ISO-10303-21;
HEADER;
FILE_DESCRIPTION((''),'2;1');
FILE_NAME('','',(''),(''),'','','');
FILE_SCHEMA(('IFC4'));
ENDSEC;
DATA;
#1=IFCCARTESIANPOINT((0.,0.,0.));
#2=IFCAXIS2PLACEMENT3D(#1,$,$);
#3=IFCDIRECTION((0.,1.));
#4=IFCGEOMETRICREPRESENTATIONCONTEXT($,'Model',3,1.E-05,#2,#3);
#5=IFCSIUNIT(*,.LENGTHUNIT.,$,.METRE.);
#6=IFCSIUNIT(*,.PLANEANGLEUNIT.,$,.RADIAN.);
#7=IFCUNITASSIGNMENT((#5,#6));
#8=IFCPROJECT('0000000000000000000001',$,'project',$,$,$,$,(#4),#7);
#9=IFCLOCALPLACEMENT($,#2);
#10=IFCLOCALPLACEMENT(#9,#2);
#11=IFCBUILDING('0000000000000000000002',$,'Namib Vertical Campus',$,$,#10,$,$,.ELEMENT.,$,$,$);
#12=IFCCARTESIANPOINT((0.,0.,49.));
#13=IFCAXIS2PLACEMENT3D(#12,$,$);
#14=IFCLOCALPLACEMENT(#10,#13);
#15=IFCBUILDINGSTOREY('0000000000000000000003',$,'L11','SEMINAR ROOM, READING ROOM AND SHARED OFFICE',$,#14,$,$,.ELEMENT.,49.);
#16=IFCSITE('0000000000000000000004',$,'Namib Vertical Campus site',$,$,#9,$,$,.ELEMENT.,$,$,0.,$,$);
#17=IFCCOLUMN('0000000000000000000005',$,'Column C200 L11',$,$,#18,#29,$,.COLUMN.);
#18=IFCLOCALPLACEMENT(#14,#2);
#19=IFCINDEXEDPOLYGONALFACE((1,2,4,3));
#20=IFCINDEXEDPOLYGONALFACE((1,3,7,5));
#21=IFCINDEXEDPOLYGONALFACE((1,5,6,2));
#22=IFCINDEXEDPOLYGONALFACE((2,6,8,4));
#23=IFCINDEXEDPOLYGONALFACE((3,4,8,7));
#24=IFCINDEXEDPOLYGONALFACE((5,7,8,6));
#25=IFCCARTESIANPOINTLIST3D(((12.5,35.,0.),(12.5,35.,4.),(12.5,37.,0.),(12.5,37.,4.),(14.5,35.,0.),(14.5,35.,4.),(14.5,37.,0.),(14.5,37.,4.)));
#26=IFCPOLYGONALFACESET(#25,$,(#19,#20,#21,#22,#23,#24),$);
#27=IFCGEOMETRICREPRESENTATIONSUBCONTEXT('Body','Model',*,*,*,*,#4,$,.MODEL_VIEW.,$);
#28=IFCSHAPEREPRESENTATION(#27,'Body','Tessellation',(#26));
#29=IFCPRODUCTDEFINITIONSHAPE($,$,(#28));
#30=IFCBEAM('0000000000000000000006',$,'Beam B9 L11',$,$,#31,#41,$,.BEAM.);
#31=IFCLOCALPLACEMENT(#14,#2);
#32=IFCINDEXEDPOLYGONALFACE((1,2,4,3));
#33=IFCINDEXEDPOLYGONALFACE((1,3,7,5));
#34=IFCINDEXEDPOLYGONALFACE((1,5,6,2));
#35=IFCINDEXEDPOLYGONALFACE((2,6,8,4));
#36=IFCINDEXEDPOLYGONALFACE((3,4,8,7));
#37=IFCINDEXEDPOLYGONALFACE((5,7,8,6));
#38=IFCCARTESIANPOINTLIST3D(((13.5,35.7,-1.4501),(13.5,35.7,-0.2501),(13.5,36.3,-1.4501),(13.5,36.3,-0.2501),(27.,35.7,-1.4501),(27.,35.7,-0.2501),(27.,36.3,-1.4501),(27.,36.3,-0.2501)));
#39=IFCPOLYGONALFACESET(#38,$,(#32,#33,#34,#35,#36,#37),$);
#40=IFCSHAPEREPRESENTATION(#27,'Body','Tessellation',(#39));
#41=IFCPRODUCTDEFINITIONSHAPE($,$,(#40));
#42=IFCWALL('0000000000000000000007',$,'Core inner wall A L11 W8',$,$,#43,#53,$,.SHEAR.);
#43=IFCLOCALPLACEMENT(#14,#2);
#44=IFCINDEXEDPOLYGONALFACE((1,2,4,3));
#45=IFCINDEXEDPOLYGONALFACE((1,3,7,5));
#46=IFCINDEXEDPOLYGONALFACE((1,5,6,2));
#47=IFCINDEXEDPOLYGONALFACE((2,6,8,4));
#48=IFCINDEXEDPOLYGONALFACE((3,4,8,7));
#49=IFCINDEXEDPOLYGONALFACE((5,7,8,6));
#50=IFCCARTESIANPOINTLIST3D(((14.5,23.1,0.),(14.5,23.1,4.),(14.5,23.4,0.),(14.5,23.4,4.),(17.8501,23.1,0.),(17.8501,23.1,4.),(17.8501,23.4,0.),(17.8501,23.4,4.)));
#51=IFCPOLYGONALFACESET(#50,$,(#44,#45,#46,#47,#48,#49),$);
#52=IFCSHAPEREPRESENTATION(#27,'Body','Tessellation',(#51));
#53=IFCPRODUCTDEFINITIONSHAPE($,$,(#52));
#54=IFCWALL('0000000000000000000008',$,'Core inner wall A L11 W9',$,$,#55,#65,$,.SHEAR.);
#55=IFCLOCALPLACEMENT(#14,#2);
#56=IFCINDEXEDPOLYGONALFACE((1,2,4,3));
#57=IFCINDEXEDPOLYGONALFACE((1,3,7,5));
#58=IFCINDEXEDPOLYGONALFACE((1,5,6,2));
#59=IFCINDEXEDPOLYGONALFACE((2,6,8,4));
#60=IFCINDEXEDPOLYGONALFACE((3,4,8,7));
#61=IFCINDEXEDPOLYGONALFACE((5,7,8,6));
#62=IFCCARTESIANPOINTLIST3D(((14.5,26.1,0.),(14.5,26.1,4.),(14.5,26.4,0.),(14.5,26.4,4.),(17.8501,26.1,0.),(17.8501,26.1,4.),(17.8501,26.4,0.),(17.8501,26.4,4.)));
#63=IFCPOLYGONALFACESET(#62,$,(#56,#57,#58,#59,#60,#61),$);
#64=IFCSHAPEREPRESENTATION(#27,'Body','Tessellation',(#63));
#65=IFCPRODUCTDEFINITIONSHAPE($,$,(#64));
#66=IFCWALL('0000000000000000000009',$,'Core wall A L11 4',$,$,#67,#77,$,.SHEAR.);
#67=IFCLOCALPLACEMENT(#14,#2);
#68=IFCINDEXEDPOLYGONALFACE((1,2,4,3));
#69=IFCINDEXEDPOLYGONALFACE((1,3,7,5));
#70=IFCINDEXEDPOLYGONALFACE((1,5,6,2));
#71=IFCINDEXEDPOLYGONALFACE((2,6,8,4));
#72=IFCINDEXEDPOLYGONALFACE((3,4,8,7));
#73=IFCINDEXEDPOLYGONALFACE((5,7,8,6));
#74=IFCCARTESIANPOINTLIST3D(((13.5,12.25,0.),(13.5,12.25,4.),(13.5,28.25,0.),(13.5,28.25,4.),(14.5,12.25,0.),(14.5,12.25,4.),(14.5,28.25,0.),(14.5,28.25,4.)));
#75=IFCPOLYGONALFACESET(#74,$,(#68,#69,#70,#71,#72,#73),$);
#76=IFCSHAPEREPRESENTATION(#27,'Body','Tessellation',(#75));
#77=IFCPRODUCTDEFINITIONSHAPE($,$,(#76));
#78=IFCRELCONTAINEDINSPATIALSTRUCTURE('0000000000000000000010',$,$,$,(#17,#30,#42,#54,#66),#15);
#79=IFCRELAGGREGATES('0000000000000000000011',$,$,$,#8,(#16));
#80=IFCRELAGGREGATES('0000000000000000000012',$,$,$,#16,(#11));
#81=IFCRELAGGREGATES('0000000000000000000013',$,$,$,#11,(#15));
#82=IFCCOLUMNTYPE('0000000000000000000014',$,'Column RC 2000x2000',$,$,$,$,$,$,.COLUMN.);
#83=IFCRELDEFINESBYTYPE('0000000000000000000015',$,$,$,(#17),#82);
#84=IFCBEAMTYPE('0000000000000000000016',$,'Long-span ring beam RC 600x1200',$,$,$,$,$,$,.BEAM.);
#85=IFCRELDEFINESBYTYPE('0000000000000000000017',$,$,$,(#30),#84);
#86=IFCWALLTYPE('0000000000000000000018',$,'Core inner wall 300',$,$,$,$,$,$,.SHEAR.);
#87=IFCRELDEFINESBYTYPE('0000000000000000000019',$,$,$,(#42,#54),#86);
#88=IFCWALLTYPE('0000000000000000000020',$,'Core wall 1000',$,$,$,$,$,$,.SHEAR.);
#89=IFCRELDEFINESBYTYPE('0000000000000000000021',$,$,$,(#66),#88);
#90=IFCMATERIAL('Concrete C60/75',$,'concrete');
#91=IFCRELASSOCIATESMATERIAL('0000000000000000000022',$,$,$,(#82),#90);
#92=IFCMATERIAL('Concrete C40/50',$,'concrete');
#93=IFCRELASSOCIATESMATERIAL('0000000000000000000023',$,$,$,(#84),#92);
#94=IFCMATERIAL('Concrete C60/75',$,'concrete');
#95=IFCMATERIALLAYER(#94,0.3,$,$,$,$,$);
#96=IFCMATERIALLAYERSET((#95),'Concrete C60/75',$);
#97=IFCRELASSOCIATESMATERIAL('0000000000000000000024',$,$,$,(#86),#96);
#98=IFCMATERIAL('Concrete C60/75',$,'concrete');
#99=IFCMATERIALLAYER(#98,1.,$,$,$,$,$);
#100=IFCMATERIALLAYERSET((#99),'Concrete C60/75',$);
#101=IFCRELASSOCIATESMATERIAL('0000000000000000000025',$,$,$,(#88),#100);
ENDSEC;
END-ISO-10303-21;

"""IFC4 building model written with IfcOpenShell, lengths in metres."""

from ifc_helpers import new_model, si_unit, direction, frame, frame_2d, origin, origin_2d, place, context, subcontext, project, spatial, rectangle, extrude, material, layer, layer_set, material_profile, profile_set, type_object, element, save


model = new_model("IFC4")

# Units and contexts
model_context = context("Model", 3, precision=1e-05, world=origin(), true_north=direction((0.0, 1.0)))
body_context = subcontext(model_context, "Body", "Model", "MODEL_VIEW")
ifc_project = project(units=[si_unit("LENGTHUNIT", "METRE"), si_unit("PLANEANGLEUNIT", "RADIAN")], contexts=[model_context])

# Site, building, storey
site_placement = place(None, origin())
site = spatial("IfcSite", under=ifc_project, at=site_placement, Name="Namib Vertical Campus site", CompositionType="ELEMENT", RefElevation=0.0)
building_placement = place(site_placement, origin())
building = spatial("IfcBuilding", under=site, at=building_placement, Name="Namib Vertical Campus", CompositionType="ELEMENT")
storey_placement = place(building_placement, frame((0.0, 0.0, 49.0)))
storey = spatial("IfcBuildingStorey", under=building, at=storey_placement, Name="L11", Description="SEMINAR ROOM, READING ROOM AND SHARED OFFICE", CompositionType="ELEMENT", Elevation=49.0)

# Column
ifc_material_1 = material(Name="Concrete C60/75", Category="concrete")
ifc_material_profile_1 = material_profile(ifc_material_1, rectangle(XDim=2.0, YDim=2.0, at=origin_2d()))
ifc_profile_set_1 = profile_set([ifc_material_profile_1], Name="Concrete C60/75")
column_type = type_object("IfcColumnType", Name="Column RC 2000x2000", PredefinedType="COLUMN", material=ifc_profile_set_1)
column_placement = place(storey_placement, frame((13.5, 36.0, 0.0), z_axis=(0.0, 0.0, 1.0), x_axis=(1.0, 0.0, 0.0)))
element("IfcColumn", 1, at=column_placement, inside=storey, type_object=column_type, Name="Column C200 L11", PredefinedType="COLUMN", context=body_context, shape_type="SweptSolid", body=[
    extrude(rectangle(XDim=2.0, YDim=2.0, at=origin_2d()), origin(), (0.0, 0.0, 1.0), 4.0),
])

# Beam
ifc_material_2 = material(Name="Concrete C40/50", Category="concrete")
ifc_material_profile_2 = material_profile(ifc_material_2, rectangle(XDim=0.6001, YDim=1.2, at=origin_2d()))
ifc_profile_set_2 = profile_set([ifc_material_profile_2], Name="Concrete C40/50")
beam_type = type_object("IfcBeamType", Name="Long-span ring beam RC 600x1200", PredefinedType="BEAM", material=ifc_profile_set_2)
beam_placement = place(storey_placement, frame((13.5, 36.0, -0.8501), z_axis=(1.0, 0.0, 0.0), x_axis=(0.0, 1.0, 0.0)))
element("IfcBeam", 2, at=beam_placement, inside=storey, type_object=beam_type, Name="Beam B9 L11", PredefinedType="BEAM", context=body_context, shape_type="SweptSolid", body=[
    extrude(rectangle(XDim=0.6001, YDim=1.2, at=origin_2d()), origin(), (0.0, 0.0, 1.0), 13.5),
])

# Walls
ifc_material_3 = material(Name="Concrete C60/75", Category="concrete")
ifc_layer_1 = layer(ifc_material_3, 0.3)
ifc_layer_set_1 = layer_set([ifc_layer_1], Name="Concrete C60/75")
wall_type_1 = type_object("IfcWallType", Name="Core inner wall 300", PredefinedType="SHEAR", material=ifc_layer_set_1)
for number, where, z_axis, x_axis, name in (
    (3, (14.5, 23.25, 0.0), (0.0, 0.0, 1.0), (1.0, 0.0, 0.0), "Core inner wall A L11 W8"),
    (4, (14.5, 26.25, 0.0), (0.0, 0.0, 1.0), (1.0, 0.0, 0.0), "Core inner wall A L11 W9"),
):
    element("IfcWall", number, at=place(storey_placement, frame(where, z_axis=z_axis, x_axis=x_axis)), inside=storey, type_object=wall_type_1, Name=name, PredefinedType="SHEAR", context=body_context, shape_type="SweptSolid", body=[
        extrude(rectangle(XDim=3.3501, YDim=0.3, at=frame_2d((1.675, 0.0))), origin(), (0.0, 0.0, 1.0), 4.0),
    ])
ifc_material_4 = material(Name="Concrete C60/75", Category="concrete")
ifc_layer_2 = layer(ifc_material_4, 1.0)
ifc_layer_set_2 = layer_set([ifc_layer_2], Name="Concrete C60/75")
wall_type_2 = type_object("IfcWallType", Name="Core wall 1000", PredefinedType="SHEAR", material=ifc_layer_set_2)
wall_1_placement = place(storey_placement, frame((14.0, 28.25, 0.0), z_axis=(0.0, 0.0, 1.0), x_axis=(0.0, -1.0, 0.0)))
element("IfcWall", 5, at=wall_1_placement, inside=storey, type_object=wall_type_2, Name="Core wall A L11 4", PredefinedType="SHEAR", context=body_context, shape_type="SweptSolid", body=[
    extrude(rectangle(XDim=16.0, YDim=1.0, at=frame_2d((8.0, 0.0))), origin(), (0.0, 0.0, 1.0), 4.0),
])

save(model, "model.ifc")
